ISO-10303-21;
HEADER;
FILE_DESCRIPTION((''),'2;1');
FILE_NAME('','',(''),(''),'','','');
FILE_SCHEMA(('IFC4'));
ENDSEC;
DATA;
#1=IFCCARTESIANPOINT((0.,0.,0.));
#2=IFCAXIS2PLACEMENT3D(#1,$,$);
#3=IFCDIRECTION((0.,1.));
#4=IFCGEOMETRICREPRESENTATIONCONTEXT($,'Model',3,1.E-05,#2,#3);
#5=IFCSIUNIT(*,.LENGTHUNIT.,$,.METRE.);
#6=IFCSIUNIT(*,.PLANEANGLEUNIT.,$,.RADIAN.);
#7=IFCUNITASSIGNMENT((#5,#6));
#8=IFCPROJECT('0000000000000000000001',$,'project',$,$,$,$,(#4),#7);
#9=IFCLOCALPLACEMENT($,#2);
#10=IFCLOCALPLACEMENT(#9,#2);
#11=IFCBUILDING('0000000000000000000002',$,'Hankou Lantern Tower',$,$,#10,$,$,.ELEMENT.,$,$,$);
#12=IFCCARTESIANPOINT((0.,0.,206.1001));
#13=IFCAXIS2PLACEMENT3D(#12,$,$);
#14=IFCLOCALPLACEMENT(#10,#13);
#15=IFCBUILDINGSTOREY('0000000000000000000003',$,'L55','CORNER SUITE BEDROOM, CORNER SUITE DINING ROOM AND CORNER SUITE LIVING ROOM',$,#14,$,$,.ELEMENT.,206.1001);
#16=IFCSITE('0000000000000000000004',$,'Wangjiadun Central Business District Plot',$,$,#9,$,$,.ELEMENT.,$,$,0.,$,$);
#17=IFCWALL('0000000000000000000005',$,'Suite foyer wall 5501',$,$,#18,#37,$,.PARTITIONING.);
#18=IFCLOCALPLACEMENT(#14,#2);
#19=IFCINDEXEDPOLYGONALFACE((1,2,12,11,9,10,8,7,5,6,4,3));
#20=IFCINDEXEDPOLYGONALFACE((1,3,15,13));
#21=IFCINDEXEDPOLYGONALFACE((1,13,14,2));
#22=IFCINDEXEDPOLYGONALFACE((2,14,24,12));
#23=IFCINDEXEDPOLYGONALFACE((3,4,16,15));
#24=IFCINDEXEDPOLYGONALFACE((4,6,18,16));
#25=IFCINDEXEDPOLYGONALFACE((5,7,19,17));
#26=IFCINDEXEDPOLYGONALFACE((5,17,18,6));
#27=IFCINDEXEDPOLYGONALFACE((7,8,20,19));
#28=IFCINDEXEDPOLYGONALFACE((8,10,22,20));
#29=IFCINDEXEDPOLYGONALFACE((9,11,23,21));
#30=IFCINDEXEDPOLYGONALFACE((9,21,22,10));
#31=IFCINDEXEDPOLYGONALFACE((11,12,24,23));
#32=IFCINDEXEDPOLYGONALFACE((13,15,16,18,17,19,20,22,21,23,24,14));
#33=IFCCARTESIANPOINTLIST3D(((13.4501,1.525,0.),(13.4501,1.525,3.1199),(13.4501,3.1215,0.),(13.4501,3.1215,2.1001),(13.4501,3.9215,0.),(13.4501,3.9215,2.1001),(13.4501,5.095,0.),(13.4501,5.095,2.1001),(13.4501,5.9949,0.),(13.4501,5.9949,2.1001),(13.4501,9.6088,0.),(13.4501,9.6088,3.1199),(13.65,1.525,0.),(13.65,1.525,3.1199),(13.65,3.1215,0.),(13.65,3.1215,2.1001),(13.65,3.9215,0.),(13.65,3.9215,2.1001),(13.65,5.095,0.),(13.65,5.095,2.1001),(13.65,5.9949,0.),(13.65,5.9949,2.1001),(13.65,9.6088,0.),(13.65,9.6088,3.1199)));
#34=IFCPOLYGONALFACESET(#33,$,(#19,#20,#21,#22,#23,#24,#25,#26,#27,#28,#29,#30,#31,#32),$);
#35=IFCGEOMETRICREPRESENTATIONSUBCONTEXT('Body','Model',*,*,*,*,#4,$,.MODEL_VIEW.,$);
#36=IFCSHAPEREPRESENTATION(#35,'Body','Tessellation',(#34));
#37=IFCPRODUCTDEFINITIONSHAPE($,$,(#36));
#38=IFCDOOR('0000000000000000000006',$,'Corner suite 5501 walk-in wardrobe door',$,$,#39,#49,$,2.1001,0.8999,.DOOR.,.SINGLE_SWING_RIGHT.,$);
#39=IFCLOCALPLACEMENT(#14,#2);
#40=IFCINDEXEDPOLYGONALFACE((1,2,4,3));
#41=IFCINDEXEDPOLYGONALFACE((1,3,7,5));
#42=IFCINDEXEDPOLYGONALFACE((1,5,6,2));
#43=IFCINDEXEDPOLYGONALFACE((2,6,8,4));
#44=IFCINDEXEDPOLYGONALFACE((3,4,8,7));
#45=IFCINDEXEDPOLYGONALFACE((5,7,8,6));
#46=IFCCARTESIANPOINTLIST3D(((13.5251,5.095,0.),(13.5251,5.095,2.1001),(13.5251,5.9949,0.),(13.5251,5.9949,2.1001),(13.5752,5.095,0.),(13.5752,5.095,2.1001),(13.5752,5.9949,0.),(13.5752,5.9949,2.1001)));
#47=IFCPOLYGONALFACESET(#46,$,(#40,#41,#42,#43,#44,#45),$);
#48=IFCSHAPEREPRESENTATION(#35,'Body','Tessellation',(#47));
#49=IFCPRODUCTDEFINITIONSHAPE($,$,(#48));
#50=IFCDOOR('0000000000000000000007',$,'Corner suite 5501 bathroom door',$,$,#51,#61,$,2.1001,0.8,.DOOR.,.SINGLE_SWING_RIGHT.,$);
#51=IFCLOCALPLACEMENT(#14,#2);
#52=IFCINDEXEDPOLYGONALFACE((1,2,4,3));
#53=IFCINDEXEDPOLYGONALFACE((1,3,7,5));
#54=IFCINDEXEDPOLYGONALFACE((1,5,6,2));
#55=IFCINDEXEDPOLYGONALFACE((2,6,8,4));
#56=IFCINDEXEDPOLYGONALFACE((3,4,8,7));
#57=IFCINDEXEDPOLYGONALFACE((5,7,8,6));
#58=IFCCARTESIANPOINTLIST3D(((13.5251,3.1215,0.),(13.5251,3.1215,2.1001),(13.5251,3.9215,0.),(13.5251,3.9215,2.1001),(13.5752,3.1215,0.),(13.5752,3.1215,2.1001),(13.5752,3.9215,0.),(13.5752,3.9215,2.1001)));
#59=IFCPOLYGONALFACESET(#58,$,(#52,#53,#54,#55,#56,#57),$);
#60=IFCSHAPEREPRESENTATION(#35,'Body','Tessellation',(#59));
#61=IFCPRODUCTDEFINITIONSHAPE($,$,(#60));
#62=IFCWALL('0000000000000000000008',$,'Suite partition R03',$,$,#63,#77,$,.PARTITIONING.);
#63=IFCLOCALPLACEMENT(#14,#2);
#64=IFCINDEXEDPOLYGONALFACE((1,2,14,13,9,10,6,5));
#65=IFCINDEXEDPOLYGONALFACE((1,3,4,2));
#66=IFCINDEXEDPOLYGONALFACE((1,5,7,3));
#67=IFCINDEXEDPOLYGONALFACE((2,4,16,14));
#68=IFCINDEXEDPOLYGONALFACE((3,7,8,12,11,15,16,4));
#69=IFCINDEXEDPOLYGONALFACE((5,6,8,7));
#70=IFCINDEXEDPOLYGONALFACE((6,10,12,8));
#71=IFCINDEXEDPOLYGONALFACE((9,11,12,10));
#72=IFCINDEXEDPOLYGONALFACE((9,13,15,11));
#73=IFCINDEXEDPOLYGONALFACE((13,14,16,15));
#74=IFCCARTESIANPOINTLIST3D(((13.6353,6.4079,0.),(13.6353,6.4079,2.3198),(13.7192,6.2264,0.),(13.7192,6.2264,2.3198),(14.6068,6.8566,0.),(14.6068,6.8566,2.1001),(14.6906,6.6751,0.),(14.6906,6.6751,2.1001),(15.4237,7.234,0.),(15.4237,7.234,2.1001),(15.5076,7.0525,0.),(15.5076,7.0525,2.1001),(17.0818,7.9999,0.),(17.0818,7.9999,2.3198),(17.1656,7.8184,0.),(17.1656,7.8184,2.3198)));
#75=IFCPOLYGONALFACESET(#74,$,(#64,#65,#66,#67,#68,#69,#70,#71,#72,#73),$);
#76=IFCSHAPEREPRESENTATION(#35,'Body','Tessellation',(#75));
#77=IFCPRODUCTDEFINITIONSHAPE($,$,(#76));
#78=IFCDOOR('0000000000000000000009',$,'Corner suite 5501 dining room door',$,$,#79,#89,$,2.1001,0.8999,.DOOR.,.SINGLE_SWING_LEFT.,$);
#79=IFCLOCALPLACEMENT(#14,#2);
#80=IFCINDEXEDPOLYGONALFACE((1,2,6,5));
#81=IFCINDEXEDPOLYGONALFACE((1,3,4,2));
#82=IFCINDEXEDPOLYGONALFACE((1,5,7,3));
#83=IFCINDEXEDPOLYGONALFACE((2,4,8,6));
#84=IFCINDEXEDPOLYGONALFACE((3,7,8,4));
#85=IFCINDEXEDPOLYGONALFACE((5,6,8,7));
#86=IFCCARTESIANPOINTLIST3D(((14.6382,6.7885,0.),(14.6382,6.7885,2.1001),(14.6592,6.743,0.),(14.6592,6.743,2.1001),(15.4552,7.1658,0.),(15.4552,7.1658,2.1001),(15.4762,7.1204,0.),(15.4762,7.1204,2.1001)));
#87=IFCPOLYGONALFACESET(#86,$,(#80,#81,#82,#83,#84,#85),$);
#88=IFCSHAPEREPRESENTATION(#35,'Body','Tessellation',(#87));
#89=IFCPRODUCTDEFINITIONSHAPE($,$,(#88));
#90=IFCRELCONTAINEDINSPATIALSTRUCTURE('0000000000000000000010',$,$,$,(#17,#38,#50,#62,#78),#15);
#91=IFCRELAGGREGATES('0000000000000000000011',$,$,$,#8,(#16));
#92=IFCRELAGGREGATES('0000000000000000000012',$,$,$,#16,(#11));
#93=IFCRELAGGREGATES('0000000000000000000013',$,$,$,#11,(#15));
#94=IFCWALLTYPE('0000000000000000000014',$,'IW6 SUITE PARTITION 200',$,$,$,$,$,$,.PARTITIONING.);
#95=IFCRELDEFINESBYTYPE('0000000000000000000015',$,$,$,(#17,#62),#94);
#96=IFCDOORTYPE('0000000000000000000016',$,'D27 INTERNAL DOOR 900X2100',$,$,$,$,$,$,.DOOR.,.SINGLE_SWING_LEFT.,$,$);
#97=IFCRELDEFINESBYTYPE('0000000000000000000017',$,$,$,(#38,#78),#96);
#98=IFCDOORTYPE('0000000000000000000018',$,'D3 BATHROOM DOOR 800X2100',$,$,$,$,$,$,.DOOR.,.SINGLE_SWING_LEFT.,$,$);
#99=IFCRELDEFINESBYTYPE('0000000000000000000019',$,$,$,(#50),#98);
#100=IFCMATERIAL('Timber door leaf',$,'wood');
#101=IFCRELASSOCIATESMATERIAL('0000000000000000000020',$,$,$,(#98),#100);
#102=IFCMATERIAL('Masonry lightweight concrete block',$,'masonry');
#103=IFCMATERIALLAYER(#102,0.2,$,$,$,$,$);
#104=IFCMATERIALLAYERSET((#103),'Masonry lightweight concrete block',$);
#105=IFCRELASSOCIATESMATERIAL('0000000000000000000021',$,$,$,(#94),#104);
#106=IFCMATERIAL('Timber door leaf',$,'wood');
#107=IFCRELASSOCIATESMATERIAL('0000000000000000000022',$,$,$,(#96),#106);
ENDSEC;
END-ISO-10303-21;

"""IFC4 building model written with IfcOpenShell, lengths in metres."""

from ifc_helpers import new_model, si_unit, direction, frame, frame_2d, origin, place, context, subcontext, project, spatial, rectangle, extrude, material, layer, layer_set, type_object, element, fill, save


model = new_model("IFC4")

# Units and contexts
model_context = context("Model", 3, precision=1e-05, world=origin(), true_north=direction((0.0, 1.0)))
body_context = subcontext(model_context, "Body", "Model", "MODEL_VIEW")
ifc_project = project(units=[si_unit("LENGTHUNIT", "METRE"), si_unit("PLANEANGLEUNIT", "RADIAN")], contexts=[model_context])

# Site, building, storey
site_placement = place(None, origin())
site = spatial("IfcSite", under=ifc_project, at=site_placement, Name="Wangjiadun Central Business District Plot", CompositionType="ELEMENT", RefElevation=0.0)
building_placement = place(site_placement, origin())
building = spatial("IfcBuilding", under=site, at=building_placement, Name="Hankou Lantern Tower", CompositionType="ELEMENT")
storey_placement = place(building_placement, frame((0.0, 0.0, 206.1001)))
storey = spatial("IfcBuildingStorey", under=building, at=storey_placement, Name="L55", Description="CORNER SUITE BEDROOM, CORNER SUITE DINING ROOM AND CORNER SUITE LIVING ROOM", CompositionType="ELEMENT", Elevation=206.1001)

# Shared definitions
ifc_material_1 = material(Name="Timber door leaf", Category="wood")
door_type_1 = type_object("IfcDoorType", Name="D3 BATHROOM DOOR 800X2100", OperationType="SINGLE_SWING_LEFT", PredefinedType="DOOR", material=ifc_material_1)

# Wall, openings, doors
ifc_material_2 = material(Name="Masonry lightweight concrete block", Category="masonry")
ifc_layer_1 = layer(ifc_material_2, 0.2)
ifc_layer_set_1 = layer_set([ifc_layer_1], Name="Masonry lightweight concrete block")
wall_type_1 = type_object("IfcWallType", Name="IW6 SUITE PARTITION 200", PredefinedType="PARTITIONING", material=ifc_layer_set_1)
wall_1_placement = place(storey_placement, frame((13.55, 1.5249, 0.0), z_axis=(0.0, 0.0, 1.0), x_axis=(0.0, 1.0, 0.0)))
wall_1 = element("IfcWall", 1, at=wall_1_placement, inside=storey, type_object=wall_type_1, Name="Suite foyer wall 5501", PredefinedType="PARTITIONING", context=body_context, shape_type="SweptSolid", body=[
    extrude(rectangle(XDim=8.0837, YDim=0.2, at=frame_2d((4.042, 0.0))), origin(), (0.0, 0.0, 1.0), 3.1199),
])
opening_1_placement = place(wall_1_placement, frame((1.5967, 0.0, 0.0)))
opening_1 = element("IfcOpeningElement", 2, at=opening_1_placement, cuts=wall_1, PredefinedType="OPENING", context=body_context, shape_type="SweptSolid", body=[
    extrude(rectangle(XDim=0.8, YDim=2.1001, at=frame_2d((0.3999, 1.05))), frame((0.0, 0.1099, 0.0), z_axis=(0.0, -1.0, 0.0), x_axis=(1.0, 0.0, 0.0)), (0.0, 0.0, 1.0), 0.22),
])
opening_2_placement = place(wall_1_placement, frame((3.5701, 0.0, 0.0)))
opening_2 = element("IfcOpeningElement", 3, at=opening_2_placement, cuts=wall_1, PredefinedType="OPENING", context=body_context, shape_type="SweptSolid", body=[
    extrude(rectangle(XDim=0.8999, YDim=2.1001, at=frame_2d((0.45, 1.05))), frame((0.0, 0.1099, 0.0), z_axis=(0.0, -1.0, 0.0), x_axis=(1.0, 0.0, 0.0)), (0.0, 0.0, 1.0), 0.22),
])
ifc_material_3 = material(Name="Timber door leaf", Category="wood")
door_type_2 = type_object("IfcDoorType", Name="D27 INTERNAL DOOR 900X2100", OperationType="SINGLE_SWING_LEFT", PredefinedType="DOOR", material=ifc_material_3)
door_1_placement = place(opening_2_placement, origin())
door_1 = element("IfcDoor", 4, at=door_1_placement, inside=storey, type_object=door_type_2, Name="Corner suite 5501 walk-in wardrobe door", OperationType="SINGLE_SWING_RIGHT", OverallHeight=2.1001, OverallWidth=0.8999, PredefinedType="DOOR", context=body_context, shape_type="SweptSolid", body=[
    extrude(rectangle(XDim=0.8999, YDim=2.1001, at=frame_2d((0.45, 1.05))), frame((0.0, 0.0249, 0.0), z_axis=(0.0, -1.0, 0.0), x_axis=(1.0, 0.0, 0.0)), (0.0, 0.0, 1.0), 0.05),
])
fill(opening_2, door_1)
door_2_placement = place(opening_1_placement, origin())
door_2 = element("IfcDoor", 5, at=door_2_placement, inside=storey, type_object=door_type_1, Name="Corner suite 5501 bathroom door", OperationType="SINGLE_SWING_RIGHT", OverallHeight=2.1001, OverallWidth=0.8, PredefinedType="DOOR", context=body_context, shape_type="SweptSolid", body=[
    extrude(rectangle(XDim=0.8, YDim=2.1001, at=frame_2d((0.3999, 1.05))), frame((0.0, 0.0249, 0.0), z_axis=(0.0, -1.0, 0.0), x_axis=(1.0, 0.0, 0.0)), (0.0, 0.0, 1.0), 0.05),
])
fill(opening_1, door_2)

# Wall, opening, door
wall_2_placement = place(storey_placement, frame((13.6772, 6.3171, 0.0), z_axis=(0.0, 0.0, 1.0), x_axis=(0.907826, 0.419348, 0.0)))
wall_2 = element("IfcWall", 6, at=wall_2_placement, inside=storey, type_object=wall_type_1, Name="Suite partition R03", PredefinedType="PARTITIONING", context=body_context, shape_type="SweptSolid", body=[
    extrude(rectangle(XDim=3.7964, YDim=0.2, at=frame_2d((1.8982, 0.0))), origin(), (0.0, 0.0, 1.0), 2.3198),
])
opening_3_placement = place(wall_2_placement, frame((1.0701, 0.0, 0.0)))
opening_3 = element("IfcOpeningElement", 7, at=opening_3_placement, cuts=wall_2, PredefinedType="OPENING", context=body_context, shape_type="SweptSolid", body=[
    extrude(rectangle(XDim=0.8999, YDim=2.1001, at=frame_2d((0.45, 1.05))), frame((0.0, 0.1099, 0.0), z_axis=(0.0, -1.0, 0.0), x_axis=(1.0, 0.0, 0.0)), (0.0, 0.0, 1.0), 0.22),
])
door_3_placement = place(opening_3_placement, origin())
door_3 = element("IfcDoor", 8, at=door_3_placement, inside=storey, type_object=door_type_2, Name="Corner suite 5501 dining room door", OperationType="SINGLE_SWING_LEFT", OverallHeight=2.1001, OverallWidth=0.8999, PredefinedType="DOOR", context=body_context, shape_type="SweptSolid", body=[
    extrude(rectangle(XDim=0.8999, YDim=2.1001, at=frame_2d((0.45, 1.05))), frame((0.0, 0.0249, 0.0), z_axis=(0.0, -1.0, 0.0), x_axis=(1.0, 0.0, 0.0)), (0.0, 0.0, 1.0), 0.05),
])
fill(opening_3, door_3)

save(model, "model.ifc")
